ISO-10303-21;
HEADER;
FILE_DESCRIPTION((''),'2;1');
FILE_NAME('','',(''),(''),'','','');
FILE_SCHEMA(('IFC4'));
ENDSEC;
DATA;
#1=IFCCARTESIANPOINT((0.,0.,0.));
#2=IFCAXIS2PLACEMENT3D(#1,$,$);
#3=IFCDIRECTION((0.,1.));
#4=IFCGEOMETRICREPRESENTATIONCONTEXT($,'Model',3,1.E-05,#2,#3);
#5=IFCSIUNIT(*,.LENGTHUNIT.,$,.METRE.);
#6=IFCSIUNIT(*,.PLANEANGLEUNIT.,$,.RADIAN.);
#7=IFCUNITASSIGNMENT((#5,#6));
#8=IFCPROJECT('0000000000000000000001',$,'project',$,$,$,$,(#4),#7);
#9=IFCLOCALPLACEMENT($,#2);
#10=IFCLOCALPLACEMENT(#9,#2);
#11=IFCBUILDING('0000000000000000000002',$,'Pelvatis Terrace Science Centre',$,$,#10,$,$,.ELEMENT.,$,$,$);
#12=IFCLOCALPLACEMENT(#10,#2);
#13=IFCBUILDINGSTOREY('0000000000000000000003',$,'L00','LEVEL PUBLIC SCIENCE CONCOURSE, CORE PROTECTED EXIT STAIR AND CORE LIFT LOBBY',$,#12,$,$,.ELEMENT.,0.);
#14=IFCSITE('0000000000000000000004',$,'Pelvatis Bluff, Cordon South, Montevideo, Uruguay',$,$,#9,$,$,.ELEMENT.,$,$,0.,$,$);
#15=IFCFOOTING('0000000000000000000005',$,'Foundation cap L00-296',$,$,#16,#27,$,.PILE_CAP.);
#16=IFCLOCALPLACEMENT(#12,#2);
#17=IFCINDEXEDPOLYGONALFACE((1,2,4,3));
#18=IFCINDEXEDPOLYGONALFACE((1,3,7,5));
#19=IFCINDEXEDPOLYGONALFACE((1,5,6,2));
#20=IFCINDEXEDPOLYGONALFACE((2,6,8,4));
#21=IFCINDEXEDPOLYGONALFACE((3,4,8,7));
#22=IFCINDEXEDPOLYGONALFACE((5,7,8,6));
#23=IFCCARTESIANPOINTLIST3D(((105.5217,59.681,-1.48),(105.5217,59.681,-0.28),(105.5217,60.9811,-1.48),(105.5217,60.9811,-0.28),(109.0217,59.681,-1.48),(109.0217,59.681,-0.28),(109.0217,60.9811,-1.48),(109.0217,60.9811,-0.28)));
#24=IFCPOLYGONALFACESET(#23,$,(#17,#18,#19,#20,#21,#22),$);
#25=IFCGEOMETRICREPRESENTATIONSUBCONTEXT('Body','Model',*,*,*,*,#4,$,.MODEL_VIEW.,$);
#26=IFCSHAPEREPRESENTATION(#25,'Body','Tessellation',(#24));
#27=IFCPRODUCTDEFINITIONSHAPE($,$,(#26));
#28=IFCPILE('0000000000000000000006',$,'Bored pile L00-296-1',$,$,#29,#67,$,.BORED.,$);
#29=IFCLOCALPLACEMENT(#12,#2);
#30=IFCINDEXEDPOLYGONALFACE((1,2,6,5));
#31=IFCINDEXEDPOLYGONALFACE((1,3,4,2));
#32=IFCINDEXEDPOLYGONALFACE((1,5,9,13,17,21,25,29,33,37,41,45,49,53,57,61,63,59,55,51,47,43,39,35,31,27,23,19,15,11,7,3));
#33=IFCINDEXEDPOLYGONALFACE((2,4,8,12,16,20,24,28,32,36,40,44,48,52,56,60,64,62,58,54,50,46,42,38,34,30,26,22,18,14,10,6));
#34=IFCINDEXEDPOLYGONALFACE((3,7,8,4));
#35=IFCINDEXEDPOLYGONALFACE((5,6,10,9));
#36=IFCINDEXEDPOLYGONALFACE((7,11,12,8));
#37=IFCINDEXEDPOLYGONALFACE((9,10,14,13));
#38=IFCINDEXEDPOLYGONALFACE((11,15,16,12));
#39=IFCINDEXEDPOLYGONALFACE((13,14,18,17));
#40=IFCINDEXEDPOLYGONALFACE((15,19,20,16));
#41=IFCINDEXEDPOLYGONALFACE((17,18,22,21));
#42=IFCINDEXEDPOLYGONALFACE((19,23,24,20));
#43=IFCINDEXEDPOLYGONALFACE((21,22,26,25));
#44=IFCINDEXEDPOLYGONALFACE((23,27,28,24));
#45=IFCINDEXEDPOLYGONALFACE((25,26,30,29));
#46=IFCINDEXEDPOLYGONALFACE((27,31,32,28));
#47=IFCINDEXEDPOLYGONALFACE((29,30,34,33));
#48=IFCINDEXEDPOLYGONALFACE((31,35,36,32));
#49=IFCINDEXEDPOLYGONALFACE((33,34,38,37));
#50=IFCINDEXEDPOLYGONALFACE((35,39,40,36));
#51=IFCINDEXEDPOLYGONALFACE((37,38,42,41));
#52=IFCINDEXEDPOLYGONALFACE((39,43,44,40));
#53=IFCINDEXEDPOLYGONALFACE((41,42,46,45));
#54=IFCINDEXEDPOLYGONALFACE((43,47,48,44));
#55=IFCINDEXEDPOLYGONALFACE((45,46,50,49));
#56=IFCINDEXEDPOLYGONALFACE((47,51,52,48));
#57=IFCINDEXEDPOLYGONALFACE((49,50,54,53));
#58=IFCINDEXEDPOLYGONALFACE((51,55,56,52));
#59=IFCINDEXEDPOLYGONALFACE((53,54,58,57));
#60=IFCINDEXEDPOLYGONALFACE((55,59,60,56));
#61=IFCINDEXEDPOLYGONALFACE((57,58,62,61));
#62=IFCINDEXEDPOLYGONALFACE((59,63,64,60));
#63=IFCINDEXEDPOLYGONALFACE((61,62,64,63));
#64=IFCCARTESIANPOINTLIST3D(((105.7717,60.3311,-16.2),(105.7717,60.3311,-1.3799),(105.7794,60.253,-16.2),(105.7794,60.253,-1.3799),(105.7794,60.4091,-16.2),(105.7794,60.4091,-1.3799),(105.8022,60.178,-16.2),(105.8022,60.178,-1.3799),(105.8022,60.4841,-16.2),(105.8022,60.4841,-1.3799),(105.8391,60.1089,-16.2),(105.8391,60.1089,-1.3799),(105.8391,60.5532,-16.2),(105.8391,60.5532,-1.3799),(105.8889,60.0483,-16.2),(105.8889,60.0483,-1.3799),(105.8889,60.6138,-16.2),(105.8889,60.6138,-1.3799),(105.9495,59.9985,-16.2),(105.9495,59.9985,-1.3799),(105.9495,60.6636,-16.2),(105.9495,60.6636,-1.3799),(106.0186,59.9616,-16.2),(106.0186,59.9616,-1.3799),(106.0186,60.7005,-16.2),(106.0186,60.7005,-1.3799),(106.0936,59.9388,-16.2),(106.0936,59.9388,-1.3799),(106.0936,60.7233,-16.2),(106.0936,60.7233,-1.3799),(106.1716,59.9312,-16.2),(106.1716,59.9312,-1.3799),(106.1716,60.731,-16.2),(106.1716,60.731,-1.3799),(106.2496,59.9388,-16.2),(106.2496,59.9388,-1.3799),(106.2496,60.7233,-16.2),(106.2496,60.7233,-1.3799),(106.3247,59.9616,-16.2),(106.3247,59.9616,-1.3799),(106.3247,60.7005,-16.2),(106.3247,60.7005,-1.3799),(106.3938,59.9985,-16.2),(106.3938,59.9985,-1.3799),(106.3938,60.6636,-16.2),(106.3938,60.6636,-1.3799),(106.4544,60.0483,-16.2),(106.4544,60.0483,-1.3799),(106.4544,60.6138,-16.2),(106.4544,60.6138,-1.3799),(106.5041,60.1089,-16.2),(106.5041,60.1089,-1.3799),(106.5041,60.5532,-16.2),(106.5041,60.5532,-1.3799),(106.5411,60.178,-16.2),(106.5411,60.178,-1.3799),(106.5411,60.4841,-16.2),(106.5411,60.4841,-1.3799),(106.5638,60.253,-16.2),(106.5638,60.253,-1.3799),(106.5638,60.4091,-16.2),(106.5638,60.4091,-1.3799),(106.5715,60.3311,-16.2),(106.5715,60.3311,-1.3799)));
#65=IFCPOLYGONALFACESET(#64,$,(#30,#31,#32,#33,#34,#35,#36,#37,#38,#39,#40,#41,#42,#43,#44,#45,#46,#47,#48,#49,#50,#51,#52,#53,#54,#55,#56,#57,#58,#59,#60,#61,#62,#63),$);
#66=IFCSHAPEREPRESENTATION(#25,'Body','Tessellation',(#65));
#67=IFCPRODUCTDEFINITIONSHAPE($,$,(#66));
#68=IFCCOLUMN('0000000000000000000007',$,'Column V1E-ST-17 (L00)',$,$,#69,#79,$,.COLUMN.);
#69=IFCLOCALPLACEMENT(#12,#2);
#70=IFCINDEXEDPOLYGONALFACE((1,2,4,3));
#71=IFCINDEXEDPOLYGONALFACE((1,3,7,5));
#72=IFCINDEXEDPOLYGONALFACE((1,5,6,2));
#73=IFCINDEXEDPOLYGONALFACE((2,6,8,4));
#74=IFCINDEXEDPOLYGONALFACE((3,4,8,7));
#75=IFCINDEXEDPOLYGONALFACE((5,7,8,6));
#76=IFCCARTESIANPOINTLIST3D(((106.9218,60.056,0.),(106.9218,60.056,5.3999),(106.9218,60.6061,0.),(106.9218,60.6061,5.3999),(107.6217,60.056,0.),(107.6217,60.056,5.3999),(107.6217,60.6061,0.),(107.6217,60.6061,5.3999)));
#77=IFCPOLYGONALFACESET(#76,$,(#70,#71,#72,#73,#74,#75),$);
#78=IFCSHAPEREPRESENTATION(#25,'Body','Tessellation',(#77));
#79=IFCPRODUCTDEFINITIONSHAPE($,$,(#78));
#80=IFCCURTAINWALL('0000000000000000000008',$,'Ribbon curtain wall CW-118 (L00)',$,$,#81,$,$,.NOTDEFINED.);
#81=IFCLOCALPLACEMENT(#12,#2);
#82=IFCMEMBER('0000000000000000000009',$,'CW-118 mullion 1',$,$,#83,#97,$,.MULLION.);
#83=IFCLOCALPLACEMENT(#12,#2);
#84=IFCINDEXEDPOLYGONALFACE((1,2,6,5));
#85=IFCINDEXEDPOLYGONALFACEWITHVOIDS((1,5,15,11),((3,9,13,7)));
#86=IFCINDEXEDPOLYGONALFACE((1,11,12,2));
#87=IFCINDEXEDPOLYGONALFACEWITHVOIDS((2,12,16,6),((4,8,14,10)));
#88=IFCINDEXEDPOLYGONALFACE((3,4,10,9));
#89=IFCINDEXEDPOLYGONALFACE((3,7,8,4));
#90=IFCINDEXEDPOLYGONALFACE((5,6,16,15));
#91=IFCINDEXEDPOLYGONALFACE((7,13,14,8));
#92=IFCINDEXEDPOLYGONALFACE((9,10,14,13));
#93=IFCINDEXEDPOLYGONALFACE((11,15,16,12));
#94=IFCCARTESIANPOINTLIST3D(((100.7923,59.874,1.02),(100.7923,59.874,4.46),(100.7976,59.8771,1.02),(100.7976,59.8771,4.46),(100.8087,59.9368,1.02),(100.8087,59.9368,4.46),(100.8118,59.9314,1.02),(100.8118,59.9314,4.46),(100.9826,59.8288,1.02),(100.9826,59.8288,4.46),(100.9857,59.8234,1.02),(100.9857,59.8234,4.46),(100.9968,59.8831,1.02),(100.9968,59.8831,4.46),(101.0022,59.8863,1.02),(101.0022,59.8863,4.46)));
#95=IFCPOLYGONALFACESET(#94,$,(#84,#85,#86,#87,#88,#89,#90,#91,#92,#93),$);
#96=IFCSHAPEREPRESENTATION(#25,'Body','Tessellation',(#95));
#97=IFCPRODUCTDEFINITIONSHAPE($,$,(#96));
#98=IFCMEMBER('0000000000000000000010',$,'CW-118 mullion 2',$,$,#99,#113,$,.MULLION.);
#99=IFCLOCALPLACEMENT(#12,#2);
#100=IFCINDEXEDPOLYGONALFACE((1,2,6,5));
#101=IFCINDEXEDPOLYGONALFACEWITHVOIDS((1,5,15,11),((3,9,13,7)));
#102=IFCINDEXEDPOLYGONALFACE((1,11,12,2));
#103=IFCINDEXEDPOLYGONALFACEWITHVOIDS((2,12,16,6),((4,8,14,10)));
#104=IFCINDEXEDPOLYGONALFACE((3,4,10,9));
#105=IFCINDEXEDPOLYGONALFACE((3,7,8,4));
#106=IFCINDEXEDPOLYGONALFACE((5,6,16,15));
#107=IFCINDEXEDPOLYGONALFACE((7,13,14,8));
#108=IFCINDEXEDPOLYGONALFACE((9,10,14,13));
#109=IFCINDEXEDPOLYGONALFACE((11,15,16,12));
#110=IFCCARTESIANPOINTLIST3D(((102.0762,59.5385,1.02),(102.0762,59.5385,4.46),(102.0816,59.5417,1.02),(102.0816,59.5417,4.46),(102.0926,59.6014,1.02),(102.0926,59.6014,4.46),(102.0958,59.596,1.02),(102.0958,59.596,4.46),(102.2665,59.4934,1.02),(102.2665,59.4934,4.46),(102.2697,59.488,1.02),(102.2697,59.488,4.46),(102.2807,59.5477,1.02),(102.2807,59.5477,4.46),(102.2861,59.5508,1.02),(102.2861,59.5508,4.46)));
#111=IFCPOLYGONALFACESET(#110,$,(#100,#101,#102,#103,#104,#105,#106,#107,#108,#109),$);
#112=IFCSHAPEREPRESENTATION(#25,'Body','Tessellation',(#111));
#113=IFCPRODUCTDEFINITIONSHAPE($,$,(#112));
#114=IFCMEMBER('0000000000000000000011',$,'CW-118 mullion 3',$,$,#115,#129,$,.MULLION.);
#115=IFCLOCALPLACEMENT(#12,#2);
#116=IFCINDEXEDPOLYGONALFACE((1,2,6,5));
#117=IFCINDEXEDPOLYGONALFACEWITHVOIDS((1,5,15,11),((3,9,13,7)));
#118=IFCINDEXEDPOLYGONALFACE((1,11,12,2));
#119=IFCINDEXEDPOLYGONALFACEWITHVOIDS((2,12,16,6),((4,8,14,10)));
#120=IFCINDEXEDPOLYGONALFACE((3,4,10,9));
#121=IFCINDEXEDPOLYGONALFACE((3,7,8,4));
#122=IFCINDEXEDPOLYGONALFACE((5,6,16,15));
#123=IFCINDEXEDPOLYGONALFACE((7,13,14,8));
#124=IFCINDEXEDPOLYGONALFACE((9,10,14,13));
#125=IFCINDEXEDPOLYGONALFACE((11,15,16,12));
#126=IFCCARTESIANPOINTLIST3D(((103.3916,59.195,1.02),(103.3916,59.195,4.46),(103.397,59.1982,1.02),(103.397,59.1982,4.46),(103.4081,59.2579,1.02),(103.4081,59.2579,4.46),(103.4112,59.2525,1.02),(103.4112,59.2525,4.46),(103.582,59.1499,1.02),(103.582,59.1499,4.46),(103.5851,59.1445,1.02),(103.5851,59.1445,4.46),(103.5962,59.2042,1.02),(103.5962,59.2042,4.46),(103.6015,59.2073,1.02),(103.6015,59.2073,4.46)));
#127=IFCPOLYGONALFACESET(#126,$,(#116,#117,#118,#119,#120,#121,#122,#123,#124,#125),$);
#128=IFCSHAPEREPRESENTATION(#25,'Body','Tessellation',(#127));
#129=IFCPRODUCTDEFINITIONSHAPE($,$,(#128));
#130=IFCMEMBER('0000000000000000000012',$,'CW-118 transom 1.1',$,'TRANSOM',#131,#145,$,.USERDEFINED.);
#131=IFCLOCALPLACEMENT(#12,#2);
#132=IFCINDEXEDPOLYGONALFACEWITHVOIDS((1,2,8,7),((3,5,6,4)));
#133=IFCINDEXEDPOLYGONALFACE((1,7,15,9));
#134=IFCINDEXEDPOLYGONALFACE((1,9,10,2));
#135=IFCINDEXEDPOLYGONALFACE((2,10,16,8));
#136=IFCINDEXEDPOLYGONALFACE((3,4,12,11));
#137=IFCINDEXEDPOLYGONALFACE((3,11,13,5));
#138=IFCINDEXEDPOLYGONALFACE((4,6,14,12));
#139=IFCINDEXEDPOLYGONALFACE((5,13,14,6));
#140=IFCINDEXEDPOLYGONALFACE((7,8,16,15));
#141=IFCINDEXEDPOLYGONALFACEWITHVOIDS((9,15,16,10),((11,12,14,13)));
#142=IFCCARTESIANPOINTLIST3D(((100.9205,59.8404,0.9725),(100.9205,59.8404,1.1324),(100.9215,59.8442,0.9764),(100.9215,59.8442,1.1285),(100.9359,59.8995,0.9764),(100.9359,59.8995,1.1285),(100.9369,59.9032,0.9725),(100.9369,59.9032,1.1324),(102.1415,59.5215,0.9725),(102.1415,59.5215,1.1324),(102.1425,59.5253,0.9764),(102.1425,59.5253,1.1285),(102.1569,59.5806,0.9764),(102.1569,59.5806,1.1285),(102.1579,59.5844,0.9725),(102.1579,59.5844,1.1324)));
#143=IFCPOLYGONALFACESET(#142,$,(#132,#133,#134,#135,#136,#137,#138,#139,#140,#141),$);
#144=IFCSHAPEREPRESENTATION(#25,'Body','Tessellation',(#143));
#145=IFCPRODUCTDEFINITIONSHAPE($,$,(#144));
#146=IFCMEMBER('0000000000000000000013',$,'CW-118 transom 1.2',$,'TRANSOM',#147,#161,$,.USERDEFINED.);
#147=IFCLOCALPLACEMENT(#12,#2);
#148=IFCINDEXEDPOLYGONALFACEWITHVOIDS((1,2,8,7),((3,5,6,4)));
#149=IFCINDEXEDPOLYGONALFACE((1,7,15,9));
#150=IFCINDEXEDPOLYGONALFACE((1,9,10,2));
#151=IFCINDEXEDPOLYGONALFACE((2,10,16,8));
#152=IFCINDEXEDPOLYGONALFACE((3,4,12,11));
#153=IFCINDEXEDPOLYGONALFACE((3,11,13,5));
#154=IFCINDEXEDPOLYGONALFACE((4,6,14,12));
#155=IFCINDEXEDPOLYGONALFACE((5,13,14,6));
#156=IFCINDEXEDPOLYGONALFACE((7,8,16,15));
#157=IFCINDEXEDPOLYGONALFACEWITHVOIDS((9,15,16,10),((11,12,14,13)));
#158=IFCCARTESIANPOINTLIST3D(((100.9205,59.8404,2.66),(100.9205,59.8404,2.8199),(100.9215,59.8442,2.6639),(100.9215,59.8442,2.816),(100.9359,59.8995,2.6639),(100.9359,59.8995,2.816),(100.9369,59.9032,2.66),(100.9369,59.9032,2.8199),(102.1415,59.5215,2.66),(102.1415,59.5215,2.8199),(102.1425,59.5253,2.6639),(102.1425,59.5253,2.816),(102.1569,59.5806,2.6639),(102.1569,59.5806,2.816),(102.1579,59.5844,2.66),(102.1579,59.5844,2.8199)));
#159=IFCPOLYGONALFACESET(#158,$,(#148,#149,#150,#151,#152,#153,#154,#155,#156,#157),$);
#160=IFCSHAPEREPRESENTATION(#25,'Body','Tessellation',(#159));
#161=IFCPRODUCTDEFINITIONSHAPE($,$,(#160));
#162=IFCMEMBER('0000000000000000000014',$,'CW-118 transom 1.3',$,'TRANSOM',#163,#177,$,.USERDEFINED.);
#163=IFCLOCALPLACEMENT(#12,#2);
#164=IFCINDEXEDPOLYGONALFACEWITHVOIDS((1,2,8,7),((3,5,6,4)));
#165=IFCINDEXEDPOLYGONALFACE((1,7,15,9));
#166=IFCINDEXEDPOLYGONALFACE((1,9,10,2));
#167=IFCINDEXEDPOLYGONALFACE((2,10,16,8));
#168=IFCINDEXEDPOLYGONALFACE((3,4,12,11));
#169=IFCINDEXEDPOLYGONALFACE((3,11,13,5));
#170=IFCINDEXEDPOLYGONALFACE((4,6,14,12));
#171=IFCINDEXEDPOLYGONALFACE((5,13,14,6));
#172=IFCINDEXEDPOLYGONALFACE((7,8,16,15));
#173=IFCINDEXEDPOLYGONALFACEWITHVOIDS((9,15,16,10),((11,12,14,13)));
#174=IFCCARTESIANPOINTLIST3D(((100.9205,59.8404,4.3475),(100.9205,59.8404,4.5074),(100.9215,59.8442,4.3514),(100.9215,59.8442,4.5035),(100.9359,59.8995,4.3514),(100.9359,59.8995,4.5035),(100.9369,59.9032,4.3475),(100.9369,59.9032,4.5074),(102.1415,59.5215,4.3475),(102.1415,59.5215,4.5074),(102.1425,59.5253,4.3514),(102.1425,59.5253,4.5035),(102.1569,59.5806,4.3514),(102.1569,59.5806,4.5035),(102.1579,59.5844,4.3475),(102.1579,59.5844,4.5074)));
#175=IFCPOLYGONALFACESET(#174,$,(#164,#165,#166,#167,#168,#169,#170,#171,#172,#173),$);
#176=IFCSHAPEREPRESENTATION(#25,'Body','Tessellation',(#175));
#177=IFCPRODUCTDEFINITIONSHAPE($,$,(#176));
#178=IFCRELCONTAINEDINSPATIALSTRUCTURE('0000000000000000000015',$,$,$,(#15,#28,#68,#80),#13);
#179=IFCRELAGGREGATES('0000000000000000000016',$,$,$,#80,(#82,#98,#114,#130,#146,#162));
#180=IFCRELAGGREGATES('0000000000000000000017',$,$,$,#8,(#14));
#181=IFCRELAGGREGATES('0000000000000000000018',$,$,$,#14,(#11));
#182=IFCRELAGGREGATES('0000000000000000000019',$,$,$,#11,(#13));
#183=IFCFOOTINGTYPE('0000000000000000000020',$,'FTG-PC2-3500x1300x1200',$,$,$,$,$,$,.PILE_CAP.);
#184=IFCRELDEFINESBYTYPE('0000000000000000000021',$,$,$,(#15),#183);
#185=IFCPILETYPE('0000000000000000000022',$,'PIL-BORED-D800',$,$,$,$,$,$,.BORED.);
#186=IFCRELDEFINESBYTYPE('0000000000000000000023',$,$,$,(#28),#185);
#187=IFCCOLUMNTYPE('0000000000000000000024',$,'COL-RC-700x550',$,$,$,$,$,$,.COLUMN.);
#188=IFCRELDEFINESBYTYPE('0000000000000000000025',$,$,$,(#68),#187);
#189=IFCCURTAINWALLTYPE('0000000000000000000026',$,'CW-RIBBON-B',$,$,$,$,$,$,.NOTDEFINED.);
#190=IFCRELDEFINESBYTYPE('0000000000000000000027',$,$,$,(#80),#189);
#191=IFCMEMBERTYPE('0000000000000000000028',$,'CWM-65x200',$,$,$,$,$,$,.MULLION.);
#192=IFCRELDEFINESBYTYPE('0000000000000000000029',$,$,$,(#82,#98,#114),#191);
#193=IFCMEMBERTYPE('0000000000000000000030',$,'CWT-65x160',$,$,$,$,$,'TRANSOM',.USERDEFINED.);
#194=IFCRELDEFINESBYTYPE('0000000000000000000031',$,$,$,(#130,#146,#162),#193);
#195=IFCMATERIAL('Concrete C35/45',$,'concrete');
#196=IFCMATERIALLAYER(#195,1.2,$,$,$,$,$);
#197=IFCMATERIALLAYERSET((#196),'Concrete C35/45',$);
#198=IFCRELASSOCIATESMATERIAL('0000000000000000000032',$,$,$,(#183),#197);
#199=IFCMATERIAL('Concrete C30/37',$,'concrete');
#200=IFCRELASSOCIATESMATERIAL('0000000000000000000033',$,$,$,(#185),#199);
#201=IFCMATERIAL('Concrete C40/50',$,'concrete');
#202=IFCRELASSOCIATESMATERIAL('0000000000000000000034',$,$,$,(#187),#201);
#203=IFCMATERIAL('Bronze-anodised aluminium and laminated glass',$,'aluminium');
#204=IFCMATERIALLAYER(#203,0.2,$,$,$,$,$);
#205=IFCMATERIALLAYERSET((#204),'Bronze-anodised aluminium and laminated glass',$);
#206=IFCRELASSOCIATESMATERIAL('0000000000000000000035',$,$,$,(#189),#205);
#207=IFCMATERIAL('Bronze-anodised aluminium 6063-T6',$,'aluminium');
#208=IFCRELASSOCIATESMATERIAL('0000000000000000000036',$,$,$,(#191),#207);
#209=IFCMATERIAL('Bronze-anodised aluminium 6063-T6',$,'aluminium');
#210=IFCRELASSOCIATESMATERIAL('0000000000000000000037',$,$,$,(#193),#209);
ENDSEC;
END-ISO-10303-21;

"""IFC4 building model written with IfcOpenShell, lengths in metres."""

from ifc_helpers import new_model, si_unit, direction, frame, origin, origin_2d, place, context, subcontext, project, spatial, rectangle, hollow_rectangle, circle, extrude, material, layer, layer_set, material_profile, profile_set, type_object, element, aggregate, save


model = new_model("IFC4")

# Units and contexts
model_context = context("Model", 3, precision=1e-05, world=origin(), true_north=direction((0.0, 1.0)))
body_context = subcontext(model_context, "Body", "Model", "MODEL_VIEW")
ifc_project = project(units=[si_unit("LENGTHUNIT", "METRE"), si_unit("PLANEANGLEUNIT", "RADIAN")], contexts=[model_context])

# Site, building, storey
site_placement = place(None, origin())
site = spatial("IfcSite", under=ifc_project, at=site_placement, Name="Pelvatis Bluff, Cordon South, Montevideo, Uruguay", CompositionType="ELEMENT", RefElevation=0.0)
building_placement = place(site_placement, origin())
building = spatial("IfcBuilding", under=site, at=building_placement, Name="Pelvatis Terrace Science Centre", CompositionType="ELEMENT")
storey_placement = place(building_placement, origin())
storey = spatial("IfcBuildingStorey", under=building, at=storey_placement, Name="L00", Description="LEVEL PUBLIC SCIENCE CONCOURSE, CORE PROTECTED EXIT STAIR AND CORE LIFT LOBBY", CompositionType="ELEMENT", Elevation=0.0)

# Footing
ifc_material_1 = material(Name="Concrete C35/45", Category="concrete")
ifc_layer_1 = layer(ifc_material_1, 1.2)
ifc_layer_set_1 = layer_set([ifc_layer_1], Name="Concrete C35/45")
footing_type = type_object("IfcFootingType", Name="FTG-PC2-3500x1300x1200", PredefinedType="PILE_CAP", material=ifc_layer_set_1)
footing_placement = place(storey_placement, frame((107.2717, 60.3311, -1.48), z_axis=(0.0, 0.0, 1.0), x_axis=(1.0, 0.0, 0.0)))
element("IfcFooting", 1, at=footing_placement, inside=storey, type_object=footing_type, Name="Foundation cap L00-296", PredefinedType="PILE_CAP", context=body_context, shape_type="SweptSolid", body=[
    extrude(rectangle(XDim=3.5, YDim=1.3, at=origin_2d()), origin(), (0.0, 0.0, 1.0), 1.2),
])

# Pile
ifc_material_2 = material(Name="Concrete C30/37", Category="concrete")
ifc_material_profile_1 = material_profile(ifc_material_2, circle(Radius=0.3999, at=origin_2d()), Name="PILE D800")
ifc_profile_set_1 = profile_set([ifc_material_profile_1], Name="Concrete C30/37")
pile_type = type_object("IfcPileType", Name="PIL-BORED-D800", PredefinedType="BORED", material=ifc_profile_set_1)
pile_placement = place(storey_placement, frame((106.1716, 60.3311, -1.3799), z_axis=(0.0, 0.0, -1.0), x_axis=(1.0, 0.0, 0.0)))
element("IfcPile", 2, at=pile_placement, inside=storey, type_object=pile_type, Name="Bored pile L00-296-1", PredefinedType="BORED", context=body_context, shape_type="SweptSolid", body=[
    extrude(circle(Radius=0.3999, at=origin_2d()), origin(), (0.0, 0.0, 1.0), 14.8201),
])

# Column
ifc_material_3 = material(Name="Concrete C40/50", Category="concrete")
ifc_material_profile_2 = material_profile(ifc_material_3, rectangle(XDim=0.7, YDim=0.55, at=origin_2d()), Name="RC-COL 700x550")
ifc_profile_set_2 = profile_set([ifc_material_profile_2], Name="Concrete C40/50")
column_type = type_object("IfcColumnType", Name="COL-RC-700x550", PredefinedType="COLUMN", material=ifc_profile_set_2)
column_placement = place(storey_placement, frame((107.2717, 60.3311, 0.0), z_axis=(0.0, 0.0, 1.0), x_axis=(1.0, 0.0, 0.0)))
element("IfcColumn", 3, at=column_placement, inside=storey, type_object=column_type, Name="Column V1E-ST-17 (L00)", PredefinedType="COLUMN", context=body_context, shape_type="SweptSolid", body=[
    extrude(rectangle(XDim=0.7, YDim=0.55, at=origin_2d()), origin(), (0.0, 0.0, 1.0), 5.3999),
])

# Curtain wall, members
ifc_material_4 = material(Name="Bronze-anodised aluminium and laminated glass", Category="aluminium")
ifc_layer_2 = layer(ifc_material_4, 0.2)
ifc_layer_set_2 = layer_set([ifc_layer_2], Name="Bronze-anodised aluminium and laminated glass")
curtain_wall_type = type_object("IfcCurtainWallType", Name="CW-RIBBON-B", PredefinedType="NOTDEFINED", material=ifc_layer_set_2)
curtain_wall_placement = place(storey_placement, origin())
curtain_wall = element("IfcCurtainWall", 4, at=curtain_wall_placement, inside=storey, type_object=curtain_wall_type, Name="Ribbon curtain wall CW-118 (L00)", PredefinedType="NOTDEFINED")
ifc_material_5 = material(Name="Bronze-anodised aluminium 6063-T6", Category="aluminium")
ifc_material_profile_3 = material_profile(ifc_material_5, hollow_rectangle(XDim=0.0649, YDim=0.2, WallThickness=0.0044, at=origin_2d()), Name="ALU-MUL 65x200")
ifc_profile_set_3 = profile_set([ifc_material_profile_3], Name="Bronze-anodised aluminium 6063-T6")
member_type_1 = type_object("IfcMemberType", Name="CWM-65x200", PredefinedType="MULLION", material=ifc_profile_set_3)
member_1_placement = place(storey_placement, frame((100.8972, 59.8801, 1.02), z_axis=(0.0, 0.0, 1.0), x_axis=(0.252698, 0.967545, 0.0)))
member_1 = element("IfcMember", 5, at=member_1_placement, type_object=member_type_1, Name="CW-118 mullion 1", PredefinedType="MULLION", context=body_context, shape_type="SweptSolid", body=[
    extrude(hollow_rectangle(XDim=0.0649, YDim=0.2, WallThickness=0.0044, at=origin_2d()), origin(), (0.0, 0.0, 1.0), 3.4399),
])
member_2_placement = place(storey_placement, frame((102.1812, 59.5447, 1.02), z_axis=(0.0, 0.0, 1.0), x_axis=(0.252698, 0.967545, 0.0)))
member_2 = element("IfcMember", 6, at=member_2_placement, type_object=member_type_1, Name="CW-118 mullion 2", PredefinedType="MULLION", context=body_context, shape_type="SweptSolid", body=[
    extrude(hollow_rectangle(XDim=0.0649, YDim=0.2, WallThickness=0.0044, at=origin_2d()), origin(), (0.0, 0.0, 1.0), 3.4399),
])
member_3_placement = place(storey_placement, frame((103.4966, 59.2012, 1.02), z_axis=(0.0, 0.0, 1.0), x_axis=(0.252698, 0.967545, 0.0)))
member_3 = element("IfcMember", 7, at=member_3_placement, type_object=member_type_1, Name="CW-118 mullion 3", PredefinedType="MULLION", context=body_context, shape_type="SweptSolid", body=[
    extrude(hollow_rectangle(XDim=0.0649, YDim=0.2, WallThickness=0.0044, at=origin_2d()), origin(), (0.0, 0.0, 1.0), 3.4399),
])
ifc_material_6 = material(Name="Bronze-anodised aluminium 6063-T6", Category="aluminium")
ifc_material_profile_4 = material_profile(ifc_material_6, hollow_rectangle(XDim=0.0649, YDim=0.1599, WallThickness=0.0039, at=origin_2d()), Name="ALU-TRN 65x160")
ifc_profile_set_4 = profile_set([ifc_material_profile_4], Name="Bronze-anodised aluminium 6063-T6")
member_type_2 = type_object("IfcMemberType", Name="CWT-65x160", ElementType="TRANSOM", PredefinedType="USERDEFINED", material=ifc_profile_set_4)
member_4_placement = place(storey_placement, frame((100.9287, 59.8718, 1.0525), z_axis=(0.967551, -0.252674, 0.0), x_axis=(0.252674, 0.967551, 0.0)))
member_4 = element("IfcMember", 8, at=member_4_placement, type_object=member_type_2, Name="CW-118 transom 1.1", ObjectType="TRANSOM", PredefinedType="USERDEFINED", context=body_context, shape_type="SweptSolid", body=[
    extrude(hollow_rectangle(XDim=0.0649, YDim=0.1599, WallThickness=0.0039, at=origin_2d()), origin(), (0.0, 0.0, 1.0), 1.262),
])
member_5_placement = place(storey_placement, frame((100.9287, 59.8718, 2.74), z_axis=(0.967551, -0.252674, 0.0), x_axis=(0.252674, 0.967551, 0.0)))
member_5 = element("IfcMember", 9, at=member_5_placement, type_object=member_type_2, Name="CW-118 transom 1.2", ObjectType="TRANSOM", PredefinedType="USERDEFINED", context=body_context, shape_type="SweptSolid", body=[
    extrude(hollow_rectangle(XDim=0.0649, YDim=0.1599, WallThickness=0.0039, at=origin_2d()), origin(), (0.0, 0.0, 1.0), 1.262),
])
member_6_placement = place(storey_placement, frame((100.9287, 59.8718, 4.4275), z_axis=(0.967551, -0.252674, 0.0), x_axis=(0.252674, 0.967551, 0.0)))
member_6 = element("IfcMember", 10, at=member_6_placement, type_object=member_type_2, Name="CW-118 transom 1.3", ObjectType="TRANSOM", PredefinedType="USERDEFINED", context=body_context, shape_type="SweptSolid", body=[
    extrude(hollow_rectangle(XDim=0.0649, YDim=0.1599, WallThickness=0.0039, at=origin_2d()), origin(), (0.0, 0.0, 1.0), 1.262),
])

aggregate(curtain_wall, [member_1, member_2, member_3, member_4, member_5, member_6])

save(model, "model.ifc")
